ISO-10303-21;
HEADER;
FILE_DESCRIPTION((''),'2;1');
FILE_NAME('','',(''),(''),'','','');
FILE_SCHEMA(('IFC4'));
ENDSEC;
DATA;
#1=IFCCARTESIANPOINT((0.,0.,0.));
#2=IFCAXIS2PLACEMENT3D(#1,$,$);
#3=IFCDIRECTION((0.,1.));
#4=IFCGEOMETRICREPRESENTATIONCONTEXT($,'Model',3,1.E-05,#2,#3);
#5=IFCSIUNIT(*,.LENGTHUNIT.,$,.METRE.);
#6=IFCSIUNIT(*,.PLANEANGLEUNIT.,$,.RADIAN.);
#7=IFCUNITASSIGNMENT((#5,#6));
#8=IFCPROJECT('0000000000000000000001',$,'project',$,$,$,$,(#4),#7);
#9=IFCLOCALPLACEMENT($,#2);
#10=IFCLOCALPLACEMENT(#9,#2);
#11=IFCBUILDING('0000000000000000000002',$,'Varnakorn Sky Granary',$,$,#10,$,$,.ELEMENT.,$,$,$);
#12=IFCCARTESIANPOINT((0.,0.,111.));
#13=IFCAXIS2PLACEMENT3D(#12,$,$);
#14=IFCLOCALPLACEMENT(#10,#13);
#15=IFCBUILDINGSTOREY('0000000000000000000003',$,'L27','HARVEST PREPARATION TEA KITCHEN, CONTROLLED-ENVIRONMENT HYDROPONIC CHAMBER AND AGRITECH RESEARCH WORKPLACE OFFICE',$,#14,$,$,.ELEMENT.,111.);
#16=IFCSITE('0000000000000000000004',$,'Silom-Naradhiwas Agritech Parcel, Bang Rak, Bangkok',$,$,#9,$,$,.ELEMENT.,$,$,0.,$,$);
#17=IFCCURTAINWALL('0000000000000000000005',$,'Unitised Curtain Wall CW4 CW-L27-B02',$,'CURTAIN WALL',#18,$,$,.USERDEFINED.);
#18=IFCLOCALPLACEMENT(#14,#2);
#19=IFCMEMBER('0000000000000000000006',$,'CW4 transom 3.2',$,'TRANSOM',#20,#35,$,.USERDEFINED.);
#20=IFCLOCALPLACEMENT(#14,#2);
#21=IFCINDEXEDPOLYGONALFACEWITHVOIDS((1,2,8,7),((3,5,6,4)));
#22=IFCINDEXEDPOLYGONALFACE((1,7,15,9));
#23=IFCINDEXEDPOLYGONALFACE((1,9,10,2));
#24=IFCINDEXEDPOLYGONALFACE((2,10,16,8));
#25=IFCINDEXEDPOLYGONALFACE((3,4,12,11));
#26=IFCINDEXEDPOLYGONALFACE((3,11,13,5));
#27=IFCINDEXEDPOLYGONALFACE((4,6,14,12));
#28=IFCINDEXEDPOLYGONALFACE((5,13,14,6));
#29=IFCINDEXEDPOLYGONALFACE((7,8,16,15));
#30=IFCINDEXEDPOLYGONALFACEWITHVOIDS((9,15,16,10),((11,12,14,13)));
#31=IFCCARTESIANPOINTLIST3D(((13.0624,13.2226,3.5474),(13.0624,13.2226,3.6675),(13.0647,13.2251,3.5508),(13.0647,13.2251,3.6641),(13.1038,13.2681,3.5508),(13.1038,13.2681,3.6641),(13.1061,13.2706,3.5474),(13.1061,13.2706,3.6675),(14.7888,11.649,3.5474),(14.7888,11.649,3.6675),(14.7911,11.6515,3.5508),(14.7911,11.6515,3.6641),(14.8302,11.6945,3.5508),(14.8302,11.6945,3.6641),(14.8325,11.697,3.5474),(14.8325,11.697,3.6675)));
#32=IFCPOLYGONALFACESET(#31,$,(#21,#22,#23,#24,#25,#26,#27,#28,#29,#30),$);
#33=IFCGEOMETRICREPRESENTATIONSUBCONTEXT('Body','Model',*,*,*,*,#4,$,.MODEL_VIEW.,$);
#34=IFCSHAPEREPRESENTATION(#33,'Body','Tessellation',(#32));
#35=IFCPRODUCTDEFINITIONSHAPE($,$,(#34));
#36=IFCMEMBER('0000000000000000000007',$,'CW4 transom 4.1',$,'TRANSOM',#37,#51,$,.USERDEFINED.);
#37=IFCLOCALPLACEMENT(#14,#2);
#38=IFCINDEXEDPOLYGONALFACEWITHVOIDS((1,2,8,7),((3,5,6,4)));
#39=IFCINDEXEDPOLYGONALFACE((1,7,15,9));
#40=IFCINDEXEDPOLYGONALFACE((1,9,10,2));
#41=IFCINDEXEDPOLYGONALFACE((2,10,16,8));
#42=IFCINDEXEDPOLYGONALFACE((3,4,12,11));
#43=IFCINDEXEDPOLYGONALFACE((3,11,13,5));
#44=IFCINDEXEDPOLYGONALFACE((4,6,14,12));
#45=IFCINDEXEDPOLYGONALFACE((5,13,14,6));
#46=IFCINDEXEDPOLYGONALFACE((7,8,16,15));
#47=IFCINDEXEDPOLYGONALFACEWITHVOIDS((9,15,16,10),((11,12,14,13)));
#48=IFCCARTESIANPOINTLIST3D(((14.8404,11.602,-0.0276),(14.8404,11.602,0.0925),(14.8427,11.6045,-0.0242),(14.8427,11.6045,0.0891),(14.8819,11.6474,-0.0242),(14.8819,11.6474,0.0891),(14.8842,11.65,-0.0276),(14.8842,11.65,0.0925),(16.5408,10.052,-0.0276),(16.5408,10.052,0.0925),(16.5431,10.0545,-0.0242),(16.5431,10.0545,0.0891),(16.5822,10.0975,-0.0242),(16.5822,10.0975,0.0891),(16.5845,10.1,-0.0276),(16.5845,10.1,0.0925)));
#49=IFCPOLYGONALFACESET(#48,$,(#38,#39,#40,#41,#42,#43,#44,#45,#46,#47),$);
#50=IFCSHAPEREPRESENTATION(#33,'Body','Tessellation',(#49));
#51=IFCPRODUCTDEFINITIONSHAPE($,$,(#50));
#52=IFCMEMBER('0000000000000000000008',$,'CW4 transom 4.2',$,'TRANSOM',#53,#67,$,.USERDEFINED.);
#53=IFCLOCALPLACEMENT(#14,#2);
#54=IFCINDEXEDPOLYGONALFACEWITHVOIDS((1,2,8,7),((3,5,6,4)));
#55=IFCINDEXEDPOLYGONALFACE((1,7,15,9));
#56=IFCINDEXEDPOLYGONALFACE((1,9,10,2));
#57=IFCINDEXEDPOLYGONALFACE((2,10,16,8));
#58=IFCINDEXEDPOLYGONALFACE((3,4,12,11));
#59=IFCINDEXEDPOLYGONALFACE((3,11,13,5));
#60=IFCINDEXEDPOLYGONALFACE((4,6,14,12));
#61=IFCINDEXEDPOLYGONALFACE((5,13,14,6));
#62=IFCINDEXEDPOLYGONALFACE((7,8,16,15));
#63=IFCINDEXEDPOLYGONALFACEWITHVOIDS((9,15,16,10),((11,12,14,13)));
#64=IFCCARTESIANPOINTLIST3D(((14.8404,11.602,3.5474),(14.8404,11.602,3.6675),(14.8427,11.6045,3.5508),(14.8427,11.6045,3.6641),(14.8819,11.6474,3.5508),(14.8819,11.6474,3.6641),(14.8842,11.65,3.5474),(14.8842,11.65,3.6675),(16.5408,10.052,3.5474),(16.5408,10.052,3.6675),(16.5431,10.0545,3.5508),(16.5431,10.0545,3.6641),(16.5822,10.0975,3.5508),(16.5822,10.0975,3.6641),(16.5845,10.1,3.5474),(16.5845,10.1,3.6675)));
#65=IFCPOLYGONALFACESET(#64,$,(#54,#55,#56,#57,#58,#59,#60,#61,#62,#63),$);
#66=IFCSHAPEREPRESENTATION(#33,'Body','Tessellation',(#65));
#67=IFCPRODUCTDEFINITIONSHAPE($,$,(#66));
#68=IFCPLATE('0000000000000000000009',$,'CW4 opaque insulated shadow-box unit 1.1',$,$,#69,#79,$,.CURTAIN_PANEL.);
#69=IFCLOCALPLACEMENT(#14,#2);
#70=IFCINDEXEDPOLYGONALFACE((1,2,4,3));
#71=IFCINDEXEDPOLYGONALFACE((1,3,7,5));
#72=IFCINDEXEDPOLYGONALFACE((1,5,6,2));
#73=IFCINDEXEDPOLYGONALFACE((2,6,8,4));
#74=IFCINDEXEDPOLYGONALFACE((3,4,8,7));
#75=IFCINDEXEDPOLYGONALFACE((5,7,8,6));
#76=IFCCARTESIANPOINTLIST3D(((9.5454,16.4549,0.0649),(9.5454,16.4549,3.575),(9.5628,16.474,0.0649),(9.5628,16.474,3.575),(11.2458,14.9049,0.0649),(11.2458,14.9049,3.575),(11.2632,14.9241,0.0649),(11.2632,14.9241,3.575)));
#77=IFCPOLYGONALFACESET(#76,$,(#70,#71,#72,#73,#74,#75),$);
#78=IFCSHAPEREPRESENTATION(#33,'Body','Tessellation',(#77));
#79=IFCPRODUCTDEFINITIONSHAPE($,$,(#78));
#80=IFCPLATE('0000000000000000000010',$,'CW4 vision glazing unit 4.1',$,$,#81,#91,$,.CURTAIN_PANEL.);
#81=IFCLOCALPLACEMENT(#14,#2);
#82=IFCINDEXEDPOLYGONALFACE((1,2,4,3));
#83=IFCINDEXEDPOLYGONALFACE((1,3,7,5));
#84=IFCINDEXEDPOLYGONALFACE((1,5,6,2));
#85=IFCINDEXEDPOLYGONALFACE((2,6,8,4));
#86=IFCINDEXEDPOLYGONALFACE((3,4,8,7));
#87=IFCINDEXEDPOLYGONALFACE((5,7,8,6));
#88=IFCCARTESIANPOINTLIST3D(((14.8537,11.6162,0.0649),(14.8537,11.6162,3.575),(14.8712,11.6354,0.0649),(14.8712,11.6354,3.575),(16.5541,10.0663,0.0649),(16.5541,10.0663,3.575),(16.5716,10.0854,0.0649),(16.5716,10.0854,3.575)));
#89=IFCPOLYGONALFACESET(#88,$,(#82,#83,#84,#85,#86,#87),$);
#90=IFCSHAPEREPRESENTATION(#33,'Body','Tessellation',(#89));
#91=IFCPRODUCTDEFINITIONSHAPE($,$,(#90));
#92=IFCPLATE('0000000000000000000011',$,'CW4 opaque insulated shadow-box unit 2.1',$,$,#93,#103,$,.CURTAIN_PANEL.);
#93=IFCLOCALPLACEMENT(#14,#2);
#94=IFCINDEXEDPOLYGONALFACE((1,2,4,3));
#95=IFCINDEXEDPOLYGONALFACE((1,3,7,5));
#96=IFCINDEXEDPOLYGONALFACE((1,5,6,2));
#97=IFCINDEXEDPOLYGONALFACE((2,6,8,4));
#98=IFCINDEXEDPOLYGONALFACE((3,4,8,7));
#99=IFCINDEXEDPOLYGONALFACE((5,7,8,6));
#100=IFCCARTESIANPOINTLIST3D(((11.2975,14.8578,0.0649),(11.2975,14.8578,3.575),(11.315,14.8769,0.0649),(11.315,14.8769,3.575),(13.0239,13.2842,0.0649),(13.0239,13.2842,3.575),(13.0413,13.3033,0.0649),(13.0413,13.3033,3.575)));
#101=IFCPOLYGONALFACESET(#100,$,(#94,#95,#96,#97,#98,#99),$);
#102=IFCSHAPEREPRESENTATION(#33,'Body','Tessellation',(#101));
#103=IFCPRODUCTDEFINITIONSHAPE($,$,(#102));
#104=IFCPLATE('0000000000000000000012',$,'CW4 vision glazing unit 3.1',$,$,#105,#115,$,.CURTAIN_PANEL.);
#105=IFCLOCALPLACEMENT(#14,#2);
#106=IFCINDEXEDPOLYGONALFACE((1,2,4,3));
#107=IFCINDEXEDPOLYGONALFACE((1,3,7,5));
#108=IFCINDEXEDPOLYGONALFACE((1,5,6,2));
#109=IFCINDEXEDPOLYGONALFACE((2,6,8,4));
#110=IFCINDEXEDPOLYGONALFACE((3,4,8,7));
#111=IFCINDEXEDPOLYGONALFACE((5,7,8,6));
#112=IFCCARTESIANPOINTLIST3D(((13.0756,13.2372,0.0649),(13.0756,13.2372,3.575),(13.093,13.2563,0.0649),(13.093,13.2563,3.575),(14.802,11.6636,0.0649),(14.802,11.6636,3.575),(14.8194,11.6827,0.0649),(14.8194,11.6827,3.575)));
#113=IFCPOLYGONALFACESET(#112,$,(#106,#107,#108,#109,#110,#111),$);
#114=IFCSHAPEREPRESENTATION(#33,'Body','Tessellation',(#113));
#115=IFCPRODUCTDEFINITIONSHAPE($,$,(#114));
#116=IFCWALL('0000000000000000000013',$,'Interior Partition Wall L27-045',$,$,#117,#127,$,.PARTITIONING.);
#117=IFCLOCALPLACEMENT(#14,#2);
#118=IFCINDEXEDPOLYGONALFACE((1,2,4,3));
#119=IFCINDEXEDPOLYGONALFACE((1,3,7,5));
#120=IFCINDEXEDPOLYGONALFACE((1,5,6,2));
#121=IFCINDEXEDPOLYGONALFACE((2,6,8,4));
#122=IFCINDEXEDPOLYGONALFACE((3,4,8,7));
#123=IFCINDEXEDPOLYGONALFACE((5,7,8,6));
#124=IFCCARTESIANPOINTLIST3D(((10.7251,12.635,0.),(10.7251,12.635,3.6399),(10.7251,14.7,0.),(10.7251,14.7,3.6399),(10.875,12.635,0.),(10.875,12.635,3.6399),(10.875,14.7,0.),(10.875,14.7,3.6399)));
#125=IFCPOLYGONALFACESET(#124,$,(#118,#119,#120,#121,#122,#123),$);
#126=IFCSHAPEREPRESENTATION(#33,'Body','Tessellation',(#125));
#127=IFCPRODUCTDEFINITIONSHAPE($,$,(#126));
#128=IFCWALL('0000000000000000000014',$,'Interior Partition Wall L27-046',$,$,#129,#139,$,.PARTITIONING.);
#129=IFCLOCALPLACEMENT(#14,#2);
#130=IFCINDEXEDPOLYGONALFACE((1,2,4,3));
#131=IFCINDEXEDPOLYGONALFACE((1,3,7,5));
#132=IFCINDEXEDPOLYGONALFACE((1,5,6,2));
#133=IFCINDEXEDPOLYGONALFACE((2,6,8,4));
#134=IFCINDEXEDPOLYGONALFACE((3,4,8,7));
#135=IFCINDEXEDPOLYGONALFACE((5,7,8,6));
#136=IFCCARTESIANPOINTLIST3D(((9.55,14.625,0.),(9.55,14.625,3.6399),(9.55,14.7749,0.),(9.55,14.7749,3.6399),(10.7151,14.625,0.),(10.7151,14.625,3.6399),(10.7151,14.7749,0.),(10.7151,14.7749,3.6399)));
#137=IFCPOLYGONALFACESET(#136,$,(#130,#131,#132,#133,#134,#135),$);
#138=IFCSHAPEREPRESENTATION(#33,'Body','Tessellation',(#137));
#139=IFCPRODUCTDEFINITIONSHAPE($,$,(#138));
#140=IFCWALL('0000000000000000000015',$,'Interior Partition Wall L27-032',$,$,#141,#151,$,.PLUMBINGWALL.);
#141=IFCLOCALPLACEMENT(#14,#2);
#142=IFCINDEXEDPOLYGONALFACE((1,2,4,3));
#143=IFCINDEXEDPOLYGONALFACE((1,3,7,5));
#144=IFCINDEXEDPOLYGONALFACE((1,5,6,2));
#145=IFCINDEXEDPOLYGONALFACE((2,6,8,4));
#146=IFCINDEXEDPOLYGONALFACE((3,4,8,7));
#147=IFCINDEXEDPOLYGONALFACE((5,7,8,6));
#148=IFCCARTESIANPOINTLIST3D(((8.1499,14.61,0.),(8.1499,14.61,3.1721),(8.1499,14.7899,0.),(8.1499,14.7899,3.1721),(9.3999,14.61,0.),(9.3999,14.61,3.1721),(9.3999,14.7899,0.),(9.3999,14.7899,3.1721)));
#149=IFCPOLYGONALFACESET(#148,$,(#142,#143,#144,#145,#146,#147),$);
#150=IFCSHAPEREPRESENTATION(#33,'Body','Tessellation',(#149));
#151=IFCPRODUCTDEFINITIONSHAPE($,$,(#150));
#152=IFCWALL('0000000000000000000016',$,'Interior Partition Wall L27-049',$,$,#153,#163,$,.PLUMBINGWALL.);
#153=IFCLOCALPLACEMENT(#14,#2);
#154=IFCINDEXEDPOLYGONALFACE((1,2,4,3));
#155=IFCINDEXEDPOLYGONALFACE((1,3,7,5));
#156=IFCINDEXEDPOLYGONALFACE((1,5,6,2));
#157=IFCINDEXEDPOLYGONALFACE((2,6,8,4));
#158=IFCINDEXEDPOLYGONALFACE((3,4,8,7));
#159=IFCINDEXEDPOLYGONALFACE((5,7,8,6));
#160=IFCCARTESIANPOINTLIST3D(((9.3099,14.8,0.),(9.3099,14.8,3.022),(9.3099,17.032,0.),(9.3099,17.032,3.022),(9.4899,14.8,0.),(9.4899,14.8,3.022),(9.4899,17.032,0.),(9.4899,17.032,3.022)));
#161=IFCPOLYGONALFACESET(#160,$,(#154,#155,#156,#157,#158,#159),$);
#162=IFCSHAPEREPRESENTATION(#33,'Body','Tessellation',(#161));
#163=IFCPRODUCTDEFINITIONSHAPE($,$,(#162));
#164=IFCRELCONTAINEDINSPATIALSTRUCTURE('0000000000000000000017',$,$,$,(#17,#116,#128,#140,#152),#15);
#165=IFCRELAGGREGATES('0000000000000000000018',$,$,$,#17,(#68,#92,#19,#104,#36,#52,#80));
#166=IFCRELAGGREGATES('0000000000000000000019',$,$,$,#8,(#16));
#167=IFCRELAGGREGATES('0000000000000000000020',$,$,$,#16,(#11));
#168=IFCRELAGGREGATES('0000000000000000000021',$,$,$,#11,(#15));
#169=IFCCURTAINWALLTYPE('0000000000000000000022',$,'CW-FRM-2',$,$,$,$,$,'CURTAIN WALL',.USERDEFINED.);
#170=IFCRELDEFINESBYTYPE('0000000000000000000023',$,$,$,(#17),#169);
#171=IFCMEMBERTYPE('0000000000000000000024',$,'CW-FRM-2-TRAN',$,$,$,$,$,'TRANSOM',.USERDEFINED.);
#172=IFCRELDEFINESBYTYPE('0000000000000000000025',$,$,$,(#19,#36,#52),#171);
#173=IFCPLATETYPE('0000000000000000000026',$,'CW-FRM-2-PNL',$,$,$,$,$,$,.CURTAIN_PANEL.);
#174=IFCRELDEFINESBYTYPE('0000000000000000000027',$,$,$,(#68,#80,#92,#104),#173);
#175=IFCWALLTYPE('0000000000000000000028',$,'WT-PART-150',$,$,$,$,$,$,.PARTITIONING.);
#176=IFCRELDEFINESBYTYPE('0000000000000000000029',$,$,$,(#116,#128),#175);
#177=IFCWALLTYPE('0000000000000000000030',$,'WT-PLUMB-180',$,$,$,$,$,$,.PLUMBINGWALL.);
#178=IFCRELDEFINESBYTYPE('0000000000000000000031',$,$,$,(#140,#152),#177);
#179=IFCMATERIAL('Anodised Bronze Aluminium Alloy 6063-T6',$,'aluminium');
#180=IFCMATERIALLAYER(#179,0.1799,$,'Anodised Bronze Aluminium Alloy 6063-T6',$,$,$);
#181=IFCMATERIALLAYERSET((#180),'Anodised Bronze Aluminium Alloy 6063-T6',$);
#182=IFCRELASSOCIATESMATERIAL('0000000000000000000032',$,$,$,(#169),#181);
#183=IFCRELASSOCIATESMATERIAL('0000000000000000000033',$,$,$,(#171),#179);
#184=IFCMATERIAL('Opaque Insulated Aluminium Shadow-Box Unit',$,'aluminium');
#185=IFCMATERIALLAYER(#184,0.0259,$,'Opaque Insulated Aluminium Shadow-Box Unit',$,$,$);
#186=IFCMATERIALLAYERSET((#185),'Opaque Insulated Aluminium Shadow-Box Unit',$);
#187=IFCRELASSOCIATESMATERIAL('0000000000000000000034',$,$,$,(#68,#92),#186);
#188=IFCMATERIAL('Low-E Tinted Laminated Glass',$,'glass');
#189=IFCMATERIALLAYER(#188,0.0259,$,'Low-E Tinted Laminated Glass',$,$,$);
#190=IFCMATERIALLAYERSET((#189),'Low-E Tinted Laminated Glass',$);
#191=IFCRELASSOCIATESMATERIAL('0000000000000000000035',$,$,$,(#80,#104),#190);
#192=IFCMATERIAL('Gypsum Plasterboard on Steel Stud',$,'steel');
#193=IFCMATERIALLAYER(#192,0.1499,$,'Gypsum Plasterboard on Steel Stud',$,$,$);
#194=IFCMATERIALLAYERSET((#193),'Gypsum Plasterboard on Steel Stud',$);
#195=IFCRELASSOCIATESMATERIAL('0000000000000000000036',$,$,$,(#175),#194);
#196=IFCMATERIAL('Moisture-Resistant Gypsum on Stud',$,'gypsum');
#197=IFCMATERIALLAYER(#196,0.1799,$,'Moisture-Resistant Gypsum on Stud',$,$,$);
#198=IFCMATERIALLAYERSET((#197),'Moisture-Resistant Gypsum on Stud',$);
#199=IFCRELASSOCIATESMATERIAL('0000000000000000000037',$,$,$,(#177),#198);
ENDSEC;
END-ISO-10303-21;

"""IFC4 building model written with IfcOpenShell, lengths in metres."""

from ifc_helpers import new_model, si_unit, direction, frame, frame_2d, origin, origin_2d, place, context, subcontext, project, spatial, rectangle, hollow_rectangle, extrude, source, transform, mapped, material, layer, layer_set, material_profile, profile_set, type_object, type_shapes, element, aggregate, save


model = new_model("IFC4")

# Units and contexts
model_context = context("Model", 3, precision=1e-05, world=origin(), true_north=direction((0.0, 1.0)))
body_context = subcontext(model_context, "Body", "Model", "MODEL_VIEW")
ifc_project = project(units=[si_unit("LENGTHUNIT", "METRE"), si_unit("PLANEANGLEUNIT", "RADIAN")], contexts=[model_context])

# Site, building, storey
site_placement = place(None, origin())
site = spatial("IfcSite", under=ifc_project, at=site_placement, Name="Silom-Naradhiwas Agritech Parcel, Bang Rak, Bangkok", CompositionType="ELEMENT", RefElevation=0.0)
building_placement = place(site_placement, origin())
building = spatial("IfcBuilding", under=site, at=building_placement, Name="Varnakorn Sky Granary", CompositionType="ELEMENT")
storey_placement = place(building_placement, frame((0.0, 0.0, 111.0)))
storey = spatial("IfcBuildingStorey", under=building, at=storey_placement, Name="L27", Description="HARVEST PREPARATION TEA KITCHEN, CONTROLLED-ENVIRONMENT HYDROPONIC CHAMBER AND AGRITECH RESEARCH WORKPLACE OFFICE", CompositionType="ELEMENT", Elevation=111.0)

# Curtain wall, members, plates
ifc_material_1 = material(Name="Anodised Bronze Aluminium Alloy 6063-T6", Category="aluminium")
ifc_layer_1 = layer(ifc_material_1, 0.1799, Name="Anodised Bronze Aluminium Alloy 6063-T6")
ifc_layer_set_1 = layer_set([ifc_layer_1], Name="Anodised Bronze Aluminium Alloy 6063-T6")
curtain_wall_type = type_object("IfcCurtainWallType", Name="CW-FRM-2", ElementType="CURTAIN WALL", PredefinedType="USERDEFINED", material=ifc_layer_set_1)
curtain_wall_placement = place(storey_placement, origin())
curtain_wall = element("IfcCurtainWall", 1, at=curtain_wall_placement, inside=storey, type_object=curtain_wall_type, Name="Unitised Curtain Wall CW4 CW-L27-B02", ObjectType="CURTAIN WALL", PredefinedType="USERDEFINED")
ifc_material_profile_1 = material_profile(ifc_material_1, hollow_rectangle(XDim=0.0649, YDim=0.1201, WallThickness=0.0034, at=origin_2d()), Name="ALU TRAN 65x120")
ifc_profile_set_1 = profile_set([ifc_material_profile_1], Name="Anodised Bronze Aluminium Alloy 6063-T6")
member_type_1 = type_object("IfcMemberType", Name="CW-FRM-2-TRAN", ElementType="TRANSOM", PredefinedType="USERDEFINED", material=ifc_profile_set_1)
member_1_placement = place(storey_placement, frame((13.0842, 13.2466, 3.6074), z_axis=(0.739065, -0.673635, 0.0), x_axis=(0.673635, 0.739065, 0.0)))
member_1 = element("IfcMember", 2, at=member_1_placement, type_object=member_type_1, Name="CW4 transom 3.2", ObjectType="TRANSOM", PredefinedType="USERDEFINED", context=body_context, shape_type="SweptSolid", body=[
    extrude(hollow_rectangle(XDim=0.0649, YDim=0.1201, WallThickness=0.0034, at=origin_2d()), origin(), (0.0, 0.0, 1.0), 2.3359),
])
member_2_placement = place(storey_placement, frame((14.8623, 11.626, 0.0325), z_axis=(0.739032, -0.67367, 0.0), x_axis=(0.67367, 0.739032, 0.0)))
member_2 = element("IfcMember", 3, at=member_2_placement, type_object=member_type_1, Name="CW4 transom 4.1", ObjectType="TRANSOM", PredefinedType="USERDEFINED", context=body_context, shape_type="SweptSolid", body=[
    extrude(hollow_rectangle(XDim=0.0649, YDim=0.1201, WallThickness=0.0034, at=origin_2d()), origin(), (0.0, 0.0, 1.0), 2.3008),
])
member_3_placement = place(storey_placement, frame((14.8623, 11.626, 3.6074), z_axis=(0.739032, -0.67367, 0.0), x_axis=(0.67367, 0.739032, 0.0)))
member_3 = element("IfcMember", 4, at=member_3_placement, type_object=member_type_1, Name="CW4 transom 4.2", ObjectType="TRANSOM", PredefinedType="USERDEFINED", context=body_context, shape_type="SweptSolid", body=[
    extrude(hollow_rectangle(XDim=0.0649, YDim=0.1201, WallThickness=0.0034, at=origin_2d()), origin(), (0.0, 0.0, 1.0), 2.3008),
])
ifc_material_2 = material(Name="Opaque Insulated Aluminium Shadow-Box Unit", Category="aluminium")
ifc_layer_2 = layer(ifc_material_2, 0.0259, Name="Opaque Insulated Aluminium Shadow-Box Unit")
ifc_layer_set_2 = layer_set([ifc_layer_2], Name="Opaque Insulated Aluminium Shadow-Box Unit")
plate_type = type_object("IfcPlateType", Name="CW-FRM-2-PNL", PredefinedType="CURTAIN_PANEL")
shared_shape_1 = source(origin(), body_context, "Body", "SweptSolid", [
    extrude(rectangle(XDim=2.3008, YDim=0.0259, at=origin_2d()), origin(), (0.0, 0.0, 1.0), 3.51),
])
plate_1_placement = place(storey_placement, frame((10.4043, 15.6895, 0.0649), z_axis=(0.0, 0.0, 1.0), x_axis=(0.739047, -0.673654, 0.0)))
plate_1 = element("IfcPlate", 5, at=plate_1_placement, type_object=plate_type, material=ifc_layer_set_2, Name="CW4 opaque insulated shadow-box unit 1.1", PredefinedType="CURTAIN_PANEL", context=body_context, shape_type="MappedRepresentation", body=[
    mapped(shared_shape_1, transform((0.0, 0.0, 0.0), x_axis=(1.0, 0.0, 0.0), y_axis=(0.0, 1.0, 0.0), z_axis=(0.0, 0.0, 1.0), scale=1.0)),
])
ifc_material_3 = material(Name="Low-E Tinted Laminated Glass", Category="glass")
ifc_layer_3 = layer(ifc_material_3, 0.0259, Name="Low-E Tinted Laminated Glass")
ifc_layer_set_3 = layer_set([ifc_layer_3], Name="Low-E Tinted Laminated Glass")
plate_2_placement = place(storey_placement, frame((15.7126, 10.8508, 0.0649), z_axis=(0.0, 0.0, 1.0), x_axis=(0.739047, -0.673654, 0.0)))
plate_2 = element("IfcPlate", 6, at=plate_2_placement, type_object=plate_type, material=ifc_layer_set_3, Name="CW4 vision glazing unit 4.1", PredefinedType="CURTAIN_PANEL", context=body_context, shape_type="MappedRepresentation", body=[
    mapped(shared_shape_1, transform((0.0, 0.0, 0.0), x_axis=(1.0, 0.0, 0.0), y_axis=(0.0, 1.0, 0.0), z_axis=(0.0, 0.0, 1.0), scale=1.0)),
])
shared_shape_2 = source(origin(), body_context, "Body", "SweptSolid", [
    extrude(rectangle(XDim=2.3359, YDim=0.0259, at=origin_2d()), origin(), (0.0, 0.0, 1.0), 3.51),
])
type_shapes(plate_type, [shared_shape_1, shared_shape_2])
plate_3_placement = place(storey_placement, frame((12.1694, 14.0806, 0.0649), z_axis=(0.0, 0.0, 1.0), x_axis=(0.739047, -0.673654, 0.0)))
plate_3 = element("IfcPlate", 7, at=plate_3_placement, type_object=plate_type, material=ifc_layer_set_2, Name="CW4 opaque insulated shadow-box unit 2.1", PredefinedType="CURTAIN_PANEL", context=body_context, shape_type="MappedRepresentation", body=[
    mapped(shared_shape_2, transform((0.0, 0.0, 0.0), x_axis=(1.0, 0.0, 0.0), y_axis=(0.0, 1.0, 0.0), z_axis=(0.0, 0.0, 1.0), scale=1.0)),
])
plate_4_placement = place(storey_placement, frame((13.9475, 12.46, 0.0649), z_axis=(0.0, 0.0, 1.0), x_axis=(0.739047, -0.673654, 0.0)))
plate_4 = element("IfcPlate", 8, at=plate_4_placement, type_object=plate_type, material=ifc_layer_set_3, Name="CW4 vision glazing unit 3.1", PredefinedType="CURTAIN_PANEL", context=body_context, shape_type="MappedRepresentation", body=[
    mapped(shared_shape_2, transform((0.0, 0.0, 0.0), x_axis=(1.0, 0.0, 0.0), y_axis=(0.0, 1.0, 0.0), z_axis=(0.0, 0.0, 1.0), scale=1.0)),
])
aggregate(curtain_wall, [plate_1, plate_3, member_1, plate_4, member_2, member_3, plate_2])

# Walls
ifc_material_4 = material(Name="Gypsum Plasterboard on Steel Stud", Category="steel")
ifc_layer_4 = layer(ifc_material_4, 0.1499, Name="Gypsum Plasterboard on Steel Stud")
ifc_layer_set_4 = layer_set([ifc_layer_4], Name="Gypsum Plasterboard on Steel Stud")
wall_type_1 = type_object("IfcWallType", Name="WT-PART-150", PredefinedType="PARTITIONING", material=ifc_layer_set_4)
wall_1_placement = place(storey_placement, frame((10.8, 12.635, 0.0), z_axis=(0.0, 0.0, 1.0), x_axis=(0.0, 1.0, 0.0)))
element("IfcWall", 9, at=wall_1_placement, inside=storey, type_object=wall_type_1, Name="Interior Partition Wall L27-045", PredefinedType="PARTITIONING", context=body_context, shape_type="SweptSolid", body=[
    extrude(rectangle(XDim=2.0649, YDim=0.1499, at=frame_2d((1.0325, 0.0))), origin(), (0.0, 0.0, 1.0), 3.6399),
])
wall_2_placement = place(storey_placement, frame((10.7151, 14.7, 0.0), z_axis=(0.0, 0.0, 1.0), x_axis=(-1.0, 0.0, 0.0)))
element("IfcWall", 10, at=wall_2_placement, inside=storey, type_object=wall_type_1, Name="Interior Partition Wall L27-046", PredefinedType="PARTITIONING", context=body_context, shape_type="SweptSolid", body=[
    extrude(rectangle(XDim=1.165, YDim=0.1499, at=frame_2d((0.5825, 0.0))), origin(), (0.0, 0.0, 1.0), 3.6399),
])
ifc_material_5 = material(Name="Moisture-Resistant Gypsum on Stud", Category="gypsum")
ifc_layer_5 = layer(ifc_material_5, 0.1799, Name="Moisture-Resistant Gypsum on Stud")
ifc_layer_set_5 = layer_set([ifc_layer_5], Name="Moisture-Resistant Gypsum on Stud")
wall_type_2 = type_object("IfcWallType", Name="WT-PLUMB-180", PredefinedType="PLUMBINGWALL", material=ifc_layer_set_5)
wall_3_placement = place(storey_placement, frame((9.3999, 14.7, 0.0), z_axis=(0.0, 0.0, 1.0), x_axis=(-1.0, 0.0, 0.0)))
element("IfcWall", 11, at=wall_3_placement, inside=storey, type_object=wall_type_2, Name="Interior Partition Wall L27-032", PredefinedType="PLUMBINGWALL", context=body_context, shape_type="SweptSolid", body=[
    extrude(rectangle(XDim=1.25, YDim=0.1799, at=frame_2d((0.625, 0.0))), origin(), (0.0, 0.0, 1.0), 3.1721),
])
wall_4_placement = place(storey_placement, frame((9.3999, 14.8, 0.0), z_axis=(0.0, 0.0, 1.0), x_axis=(0.0, 1.0, 0.0)))
element("IfcWall", 12, at=wall_4_placement, inside=storey, type_object=wall_type_2, Name="Interior Partition Wall L27-049", PredefinedType="PLUMBINGWALL", context=body_context, shape_type="SweptSolid", body=[
    extrude(rectangle(XDim=2.2319, YDim=0.1799, at=frame_2d((1.116, 0.0))), origin(), (0.0, 0.0, 1.0), 3.022),
])

save(model, "model.ifc")
